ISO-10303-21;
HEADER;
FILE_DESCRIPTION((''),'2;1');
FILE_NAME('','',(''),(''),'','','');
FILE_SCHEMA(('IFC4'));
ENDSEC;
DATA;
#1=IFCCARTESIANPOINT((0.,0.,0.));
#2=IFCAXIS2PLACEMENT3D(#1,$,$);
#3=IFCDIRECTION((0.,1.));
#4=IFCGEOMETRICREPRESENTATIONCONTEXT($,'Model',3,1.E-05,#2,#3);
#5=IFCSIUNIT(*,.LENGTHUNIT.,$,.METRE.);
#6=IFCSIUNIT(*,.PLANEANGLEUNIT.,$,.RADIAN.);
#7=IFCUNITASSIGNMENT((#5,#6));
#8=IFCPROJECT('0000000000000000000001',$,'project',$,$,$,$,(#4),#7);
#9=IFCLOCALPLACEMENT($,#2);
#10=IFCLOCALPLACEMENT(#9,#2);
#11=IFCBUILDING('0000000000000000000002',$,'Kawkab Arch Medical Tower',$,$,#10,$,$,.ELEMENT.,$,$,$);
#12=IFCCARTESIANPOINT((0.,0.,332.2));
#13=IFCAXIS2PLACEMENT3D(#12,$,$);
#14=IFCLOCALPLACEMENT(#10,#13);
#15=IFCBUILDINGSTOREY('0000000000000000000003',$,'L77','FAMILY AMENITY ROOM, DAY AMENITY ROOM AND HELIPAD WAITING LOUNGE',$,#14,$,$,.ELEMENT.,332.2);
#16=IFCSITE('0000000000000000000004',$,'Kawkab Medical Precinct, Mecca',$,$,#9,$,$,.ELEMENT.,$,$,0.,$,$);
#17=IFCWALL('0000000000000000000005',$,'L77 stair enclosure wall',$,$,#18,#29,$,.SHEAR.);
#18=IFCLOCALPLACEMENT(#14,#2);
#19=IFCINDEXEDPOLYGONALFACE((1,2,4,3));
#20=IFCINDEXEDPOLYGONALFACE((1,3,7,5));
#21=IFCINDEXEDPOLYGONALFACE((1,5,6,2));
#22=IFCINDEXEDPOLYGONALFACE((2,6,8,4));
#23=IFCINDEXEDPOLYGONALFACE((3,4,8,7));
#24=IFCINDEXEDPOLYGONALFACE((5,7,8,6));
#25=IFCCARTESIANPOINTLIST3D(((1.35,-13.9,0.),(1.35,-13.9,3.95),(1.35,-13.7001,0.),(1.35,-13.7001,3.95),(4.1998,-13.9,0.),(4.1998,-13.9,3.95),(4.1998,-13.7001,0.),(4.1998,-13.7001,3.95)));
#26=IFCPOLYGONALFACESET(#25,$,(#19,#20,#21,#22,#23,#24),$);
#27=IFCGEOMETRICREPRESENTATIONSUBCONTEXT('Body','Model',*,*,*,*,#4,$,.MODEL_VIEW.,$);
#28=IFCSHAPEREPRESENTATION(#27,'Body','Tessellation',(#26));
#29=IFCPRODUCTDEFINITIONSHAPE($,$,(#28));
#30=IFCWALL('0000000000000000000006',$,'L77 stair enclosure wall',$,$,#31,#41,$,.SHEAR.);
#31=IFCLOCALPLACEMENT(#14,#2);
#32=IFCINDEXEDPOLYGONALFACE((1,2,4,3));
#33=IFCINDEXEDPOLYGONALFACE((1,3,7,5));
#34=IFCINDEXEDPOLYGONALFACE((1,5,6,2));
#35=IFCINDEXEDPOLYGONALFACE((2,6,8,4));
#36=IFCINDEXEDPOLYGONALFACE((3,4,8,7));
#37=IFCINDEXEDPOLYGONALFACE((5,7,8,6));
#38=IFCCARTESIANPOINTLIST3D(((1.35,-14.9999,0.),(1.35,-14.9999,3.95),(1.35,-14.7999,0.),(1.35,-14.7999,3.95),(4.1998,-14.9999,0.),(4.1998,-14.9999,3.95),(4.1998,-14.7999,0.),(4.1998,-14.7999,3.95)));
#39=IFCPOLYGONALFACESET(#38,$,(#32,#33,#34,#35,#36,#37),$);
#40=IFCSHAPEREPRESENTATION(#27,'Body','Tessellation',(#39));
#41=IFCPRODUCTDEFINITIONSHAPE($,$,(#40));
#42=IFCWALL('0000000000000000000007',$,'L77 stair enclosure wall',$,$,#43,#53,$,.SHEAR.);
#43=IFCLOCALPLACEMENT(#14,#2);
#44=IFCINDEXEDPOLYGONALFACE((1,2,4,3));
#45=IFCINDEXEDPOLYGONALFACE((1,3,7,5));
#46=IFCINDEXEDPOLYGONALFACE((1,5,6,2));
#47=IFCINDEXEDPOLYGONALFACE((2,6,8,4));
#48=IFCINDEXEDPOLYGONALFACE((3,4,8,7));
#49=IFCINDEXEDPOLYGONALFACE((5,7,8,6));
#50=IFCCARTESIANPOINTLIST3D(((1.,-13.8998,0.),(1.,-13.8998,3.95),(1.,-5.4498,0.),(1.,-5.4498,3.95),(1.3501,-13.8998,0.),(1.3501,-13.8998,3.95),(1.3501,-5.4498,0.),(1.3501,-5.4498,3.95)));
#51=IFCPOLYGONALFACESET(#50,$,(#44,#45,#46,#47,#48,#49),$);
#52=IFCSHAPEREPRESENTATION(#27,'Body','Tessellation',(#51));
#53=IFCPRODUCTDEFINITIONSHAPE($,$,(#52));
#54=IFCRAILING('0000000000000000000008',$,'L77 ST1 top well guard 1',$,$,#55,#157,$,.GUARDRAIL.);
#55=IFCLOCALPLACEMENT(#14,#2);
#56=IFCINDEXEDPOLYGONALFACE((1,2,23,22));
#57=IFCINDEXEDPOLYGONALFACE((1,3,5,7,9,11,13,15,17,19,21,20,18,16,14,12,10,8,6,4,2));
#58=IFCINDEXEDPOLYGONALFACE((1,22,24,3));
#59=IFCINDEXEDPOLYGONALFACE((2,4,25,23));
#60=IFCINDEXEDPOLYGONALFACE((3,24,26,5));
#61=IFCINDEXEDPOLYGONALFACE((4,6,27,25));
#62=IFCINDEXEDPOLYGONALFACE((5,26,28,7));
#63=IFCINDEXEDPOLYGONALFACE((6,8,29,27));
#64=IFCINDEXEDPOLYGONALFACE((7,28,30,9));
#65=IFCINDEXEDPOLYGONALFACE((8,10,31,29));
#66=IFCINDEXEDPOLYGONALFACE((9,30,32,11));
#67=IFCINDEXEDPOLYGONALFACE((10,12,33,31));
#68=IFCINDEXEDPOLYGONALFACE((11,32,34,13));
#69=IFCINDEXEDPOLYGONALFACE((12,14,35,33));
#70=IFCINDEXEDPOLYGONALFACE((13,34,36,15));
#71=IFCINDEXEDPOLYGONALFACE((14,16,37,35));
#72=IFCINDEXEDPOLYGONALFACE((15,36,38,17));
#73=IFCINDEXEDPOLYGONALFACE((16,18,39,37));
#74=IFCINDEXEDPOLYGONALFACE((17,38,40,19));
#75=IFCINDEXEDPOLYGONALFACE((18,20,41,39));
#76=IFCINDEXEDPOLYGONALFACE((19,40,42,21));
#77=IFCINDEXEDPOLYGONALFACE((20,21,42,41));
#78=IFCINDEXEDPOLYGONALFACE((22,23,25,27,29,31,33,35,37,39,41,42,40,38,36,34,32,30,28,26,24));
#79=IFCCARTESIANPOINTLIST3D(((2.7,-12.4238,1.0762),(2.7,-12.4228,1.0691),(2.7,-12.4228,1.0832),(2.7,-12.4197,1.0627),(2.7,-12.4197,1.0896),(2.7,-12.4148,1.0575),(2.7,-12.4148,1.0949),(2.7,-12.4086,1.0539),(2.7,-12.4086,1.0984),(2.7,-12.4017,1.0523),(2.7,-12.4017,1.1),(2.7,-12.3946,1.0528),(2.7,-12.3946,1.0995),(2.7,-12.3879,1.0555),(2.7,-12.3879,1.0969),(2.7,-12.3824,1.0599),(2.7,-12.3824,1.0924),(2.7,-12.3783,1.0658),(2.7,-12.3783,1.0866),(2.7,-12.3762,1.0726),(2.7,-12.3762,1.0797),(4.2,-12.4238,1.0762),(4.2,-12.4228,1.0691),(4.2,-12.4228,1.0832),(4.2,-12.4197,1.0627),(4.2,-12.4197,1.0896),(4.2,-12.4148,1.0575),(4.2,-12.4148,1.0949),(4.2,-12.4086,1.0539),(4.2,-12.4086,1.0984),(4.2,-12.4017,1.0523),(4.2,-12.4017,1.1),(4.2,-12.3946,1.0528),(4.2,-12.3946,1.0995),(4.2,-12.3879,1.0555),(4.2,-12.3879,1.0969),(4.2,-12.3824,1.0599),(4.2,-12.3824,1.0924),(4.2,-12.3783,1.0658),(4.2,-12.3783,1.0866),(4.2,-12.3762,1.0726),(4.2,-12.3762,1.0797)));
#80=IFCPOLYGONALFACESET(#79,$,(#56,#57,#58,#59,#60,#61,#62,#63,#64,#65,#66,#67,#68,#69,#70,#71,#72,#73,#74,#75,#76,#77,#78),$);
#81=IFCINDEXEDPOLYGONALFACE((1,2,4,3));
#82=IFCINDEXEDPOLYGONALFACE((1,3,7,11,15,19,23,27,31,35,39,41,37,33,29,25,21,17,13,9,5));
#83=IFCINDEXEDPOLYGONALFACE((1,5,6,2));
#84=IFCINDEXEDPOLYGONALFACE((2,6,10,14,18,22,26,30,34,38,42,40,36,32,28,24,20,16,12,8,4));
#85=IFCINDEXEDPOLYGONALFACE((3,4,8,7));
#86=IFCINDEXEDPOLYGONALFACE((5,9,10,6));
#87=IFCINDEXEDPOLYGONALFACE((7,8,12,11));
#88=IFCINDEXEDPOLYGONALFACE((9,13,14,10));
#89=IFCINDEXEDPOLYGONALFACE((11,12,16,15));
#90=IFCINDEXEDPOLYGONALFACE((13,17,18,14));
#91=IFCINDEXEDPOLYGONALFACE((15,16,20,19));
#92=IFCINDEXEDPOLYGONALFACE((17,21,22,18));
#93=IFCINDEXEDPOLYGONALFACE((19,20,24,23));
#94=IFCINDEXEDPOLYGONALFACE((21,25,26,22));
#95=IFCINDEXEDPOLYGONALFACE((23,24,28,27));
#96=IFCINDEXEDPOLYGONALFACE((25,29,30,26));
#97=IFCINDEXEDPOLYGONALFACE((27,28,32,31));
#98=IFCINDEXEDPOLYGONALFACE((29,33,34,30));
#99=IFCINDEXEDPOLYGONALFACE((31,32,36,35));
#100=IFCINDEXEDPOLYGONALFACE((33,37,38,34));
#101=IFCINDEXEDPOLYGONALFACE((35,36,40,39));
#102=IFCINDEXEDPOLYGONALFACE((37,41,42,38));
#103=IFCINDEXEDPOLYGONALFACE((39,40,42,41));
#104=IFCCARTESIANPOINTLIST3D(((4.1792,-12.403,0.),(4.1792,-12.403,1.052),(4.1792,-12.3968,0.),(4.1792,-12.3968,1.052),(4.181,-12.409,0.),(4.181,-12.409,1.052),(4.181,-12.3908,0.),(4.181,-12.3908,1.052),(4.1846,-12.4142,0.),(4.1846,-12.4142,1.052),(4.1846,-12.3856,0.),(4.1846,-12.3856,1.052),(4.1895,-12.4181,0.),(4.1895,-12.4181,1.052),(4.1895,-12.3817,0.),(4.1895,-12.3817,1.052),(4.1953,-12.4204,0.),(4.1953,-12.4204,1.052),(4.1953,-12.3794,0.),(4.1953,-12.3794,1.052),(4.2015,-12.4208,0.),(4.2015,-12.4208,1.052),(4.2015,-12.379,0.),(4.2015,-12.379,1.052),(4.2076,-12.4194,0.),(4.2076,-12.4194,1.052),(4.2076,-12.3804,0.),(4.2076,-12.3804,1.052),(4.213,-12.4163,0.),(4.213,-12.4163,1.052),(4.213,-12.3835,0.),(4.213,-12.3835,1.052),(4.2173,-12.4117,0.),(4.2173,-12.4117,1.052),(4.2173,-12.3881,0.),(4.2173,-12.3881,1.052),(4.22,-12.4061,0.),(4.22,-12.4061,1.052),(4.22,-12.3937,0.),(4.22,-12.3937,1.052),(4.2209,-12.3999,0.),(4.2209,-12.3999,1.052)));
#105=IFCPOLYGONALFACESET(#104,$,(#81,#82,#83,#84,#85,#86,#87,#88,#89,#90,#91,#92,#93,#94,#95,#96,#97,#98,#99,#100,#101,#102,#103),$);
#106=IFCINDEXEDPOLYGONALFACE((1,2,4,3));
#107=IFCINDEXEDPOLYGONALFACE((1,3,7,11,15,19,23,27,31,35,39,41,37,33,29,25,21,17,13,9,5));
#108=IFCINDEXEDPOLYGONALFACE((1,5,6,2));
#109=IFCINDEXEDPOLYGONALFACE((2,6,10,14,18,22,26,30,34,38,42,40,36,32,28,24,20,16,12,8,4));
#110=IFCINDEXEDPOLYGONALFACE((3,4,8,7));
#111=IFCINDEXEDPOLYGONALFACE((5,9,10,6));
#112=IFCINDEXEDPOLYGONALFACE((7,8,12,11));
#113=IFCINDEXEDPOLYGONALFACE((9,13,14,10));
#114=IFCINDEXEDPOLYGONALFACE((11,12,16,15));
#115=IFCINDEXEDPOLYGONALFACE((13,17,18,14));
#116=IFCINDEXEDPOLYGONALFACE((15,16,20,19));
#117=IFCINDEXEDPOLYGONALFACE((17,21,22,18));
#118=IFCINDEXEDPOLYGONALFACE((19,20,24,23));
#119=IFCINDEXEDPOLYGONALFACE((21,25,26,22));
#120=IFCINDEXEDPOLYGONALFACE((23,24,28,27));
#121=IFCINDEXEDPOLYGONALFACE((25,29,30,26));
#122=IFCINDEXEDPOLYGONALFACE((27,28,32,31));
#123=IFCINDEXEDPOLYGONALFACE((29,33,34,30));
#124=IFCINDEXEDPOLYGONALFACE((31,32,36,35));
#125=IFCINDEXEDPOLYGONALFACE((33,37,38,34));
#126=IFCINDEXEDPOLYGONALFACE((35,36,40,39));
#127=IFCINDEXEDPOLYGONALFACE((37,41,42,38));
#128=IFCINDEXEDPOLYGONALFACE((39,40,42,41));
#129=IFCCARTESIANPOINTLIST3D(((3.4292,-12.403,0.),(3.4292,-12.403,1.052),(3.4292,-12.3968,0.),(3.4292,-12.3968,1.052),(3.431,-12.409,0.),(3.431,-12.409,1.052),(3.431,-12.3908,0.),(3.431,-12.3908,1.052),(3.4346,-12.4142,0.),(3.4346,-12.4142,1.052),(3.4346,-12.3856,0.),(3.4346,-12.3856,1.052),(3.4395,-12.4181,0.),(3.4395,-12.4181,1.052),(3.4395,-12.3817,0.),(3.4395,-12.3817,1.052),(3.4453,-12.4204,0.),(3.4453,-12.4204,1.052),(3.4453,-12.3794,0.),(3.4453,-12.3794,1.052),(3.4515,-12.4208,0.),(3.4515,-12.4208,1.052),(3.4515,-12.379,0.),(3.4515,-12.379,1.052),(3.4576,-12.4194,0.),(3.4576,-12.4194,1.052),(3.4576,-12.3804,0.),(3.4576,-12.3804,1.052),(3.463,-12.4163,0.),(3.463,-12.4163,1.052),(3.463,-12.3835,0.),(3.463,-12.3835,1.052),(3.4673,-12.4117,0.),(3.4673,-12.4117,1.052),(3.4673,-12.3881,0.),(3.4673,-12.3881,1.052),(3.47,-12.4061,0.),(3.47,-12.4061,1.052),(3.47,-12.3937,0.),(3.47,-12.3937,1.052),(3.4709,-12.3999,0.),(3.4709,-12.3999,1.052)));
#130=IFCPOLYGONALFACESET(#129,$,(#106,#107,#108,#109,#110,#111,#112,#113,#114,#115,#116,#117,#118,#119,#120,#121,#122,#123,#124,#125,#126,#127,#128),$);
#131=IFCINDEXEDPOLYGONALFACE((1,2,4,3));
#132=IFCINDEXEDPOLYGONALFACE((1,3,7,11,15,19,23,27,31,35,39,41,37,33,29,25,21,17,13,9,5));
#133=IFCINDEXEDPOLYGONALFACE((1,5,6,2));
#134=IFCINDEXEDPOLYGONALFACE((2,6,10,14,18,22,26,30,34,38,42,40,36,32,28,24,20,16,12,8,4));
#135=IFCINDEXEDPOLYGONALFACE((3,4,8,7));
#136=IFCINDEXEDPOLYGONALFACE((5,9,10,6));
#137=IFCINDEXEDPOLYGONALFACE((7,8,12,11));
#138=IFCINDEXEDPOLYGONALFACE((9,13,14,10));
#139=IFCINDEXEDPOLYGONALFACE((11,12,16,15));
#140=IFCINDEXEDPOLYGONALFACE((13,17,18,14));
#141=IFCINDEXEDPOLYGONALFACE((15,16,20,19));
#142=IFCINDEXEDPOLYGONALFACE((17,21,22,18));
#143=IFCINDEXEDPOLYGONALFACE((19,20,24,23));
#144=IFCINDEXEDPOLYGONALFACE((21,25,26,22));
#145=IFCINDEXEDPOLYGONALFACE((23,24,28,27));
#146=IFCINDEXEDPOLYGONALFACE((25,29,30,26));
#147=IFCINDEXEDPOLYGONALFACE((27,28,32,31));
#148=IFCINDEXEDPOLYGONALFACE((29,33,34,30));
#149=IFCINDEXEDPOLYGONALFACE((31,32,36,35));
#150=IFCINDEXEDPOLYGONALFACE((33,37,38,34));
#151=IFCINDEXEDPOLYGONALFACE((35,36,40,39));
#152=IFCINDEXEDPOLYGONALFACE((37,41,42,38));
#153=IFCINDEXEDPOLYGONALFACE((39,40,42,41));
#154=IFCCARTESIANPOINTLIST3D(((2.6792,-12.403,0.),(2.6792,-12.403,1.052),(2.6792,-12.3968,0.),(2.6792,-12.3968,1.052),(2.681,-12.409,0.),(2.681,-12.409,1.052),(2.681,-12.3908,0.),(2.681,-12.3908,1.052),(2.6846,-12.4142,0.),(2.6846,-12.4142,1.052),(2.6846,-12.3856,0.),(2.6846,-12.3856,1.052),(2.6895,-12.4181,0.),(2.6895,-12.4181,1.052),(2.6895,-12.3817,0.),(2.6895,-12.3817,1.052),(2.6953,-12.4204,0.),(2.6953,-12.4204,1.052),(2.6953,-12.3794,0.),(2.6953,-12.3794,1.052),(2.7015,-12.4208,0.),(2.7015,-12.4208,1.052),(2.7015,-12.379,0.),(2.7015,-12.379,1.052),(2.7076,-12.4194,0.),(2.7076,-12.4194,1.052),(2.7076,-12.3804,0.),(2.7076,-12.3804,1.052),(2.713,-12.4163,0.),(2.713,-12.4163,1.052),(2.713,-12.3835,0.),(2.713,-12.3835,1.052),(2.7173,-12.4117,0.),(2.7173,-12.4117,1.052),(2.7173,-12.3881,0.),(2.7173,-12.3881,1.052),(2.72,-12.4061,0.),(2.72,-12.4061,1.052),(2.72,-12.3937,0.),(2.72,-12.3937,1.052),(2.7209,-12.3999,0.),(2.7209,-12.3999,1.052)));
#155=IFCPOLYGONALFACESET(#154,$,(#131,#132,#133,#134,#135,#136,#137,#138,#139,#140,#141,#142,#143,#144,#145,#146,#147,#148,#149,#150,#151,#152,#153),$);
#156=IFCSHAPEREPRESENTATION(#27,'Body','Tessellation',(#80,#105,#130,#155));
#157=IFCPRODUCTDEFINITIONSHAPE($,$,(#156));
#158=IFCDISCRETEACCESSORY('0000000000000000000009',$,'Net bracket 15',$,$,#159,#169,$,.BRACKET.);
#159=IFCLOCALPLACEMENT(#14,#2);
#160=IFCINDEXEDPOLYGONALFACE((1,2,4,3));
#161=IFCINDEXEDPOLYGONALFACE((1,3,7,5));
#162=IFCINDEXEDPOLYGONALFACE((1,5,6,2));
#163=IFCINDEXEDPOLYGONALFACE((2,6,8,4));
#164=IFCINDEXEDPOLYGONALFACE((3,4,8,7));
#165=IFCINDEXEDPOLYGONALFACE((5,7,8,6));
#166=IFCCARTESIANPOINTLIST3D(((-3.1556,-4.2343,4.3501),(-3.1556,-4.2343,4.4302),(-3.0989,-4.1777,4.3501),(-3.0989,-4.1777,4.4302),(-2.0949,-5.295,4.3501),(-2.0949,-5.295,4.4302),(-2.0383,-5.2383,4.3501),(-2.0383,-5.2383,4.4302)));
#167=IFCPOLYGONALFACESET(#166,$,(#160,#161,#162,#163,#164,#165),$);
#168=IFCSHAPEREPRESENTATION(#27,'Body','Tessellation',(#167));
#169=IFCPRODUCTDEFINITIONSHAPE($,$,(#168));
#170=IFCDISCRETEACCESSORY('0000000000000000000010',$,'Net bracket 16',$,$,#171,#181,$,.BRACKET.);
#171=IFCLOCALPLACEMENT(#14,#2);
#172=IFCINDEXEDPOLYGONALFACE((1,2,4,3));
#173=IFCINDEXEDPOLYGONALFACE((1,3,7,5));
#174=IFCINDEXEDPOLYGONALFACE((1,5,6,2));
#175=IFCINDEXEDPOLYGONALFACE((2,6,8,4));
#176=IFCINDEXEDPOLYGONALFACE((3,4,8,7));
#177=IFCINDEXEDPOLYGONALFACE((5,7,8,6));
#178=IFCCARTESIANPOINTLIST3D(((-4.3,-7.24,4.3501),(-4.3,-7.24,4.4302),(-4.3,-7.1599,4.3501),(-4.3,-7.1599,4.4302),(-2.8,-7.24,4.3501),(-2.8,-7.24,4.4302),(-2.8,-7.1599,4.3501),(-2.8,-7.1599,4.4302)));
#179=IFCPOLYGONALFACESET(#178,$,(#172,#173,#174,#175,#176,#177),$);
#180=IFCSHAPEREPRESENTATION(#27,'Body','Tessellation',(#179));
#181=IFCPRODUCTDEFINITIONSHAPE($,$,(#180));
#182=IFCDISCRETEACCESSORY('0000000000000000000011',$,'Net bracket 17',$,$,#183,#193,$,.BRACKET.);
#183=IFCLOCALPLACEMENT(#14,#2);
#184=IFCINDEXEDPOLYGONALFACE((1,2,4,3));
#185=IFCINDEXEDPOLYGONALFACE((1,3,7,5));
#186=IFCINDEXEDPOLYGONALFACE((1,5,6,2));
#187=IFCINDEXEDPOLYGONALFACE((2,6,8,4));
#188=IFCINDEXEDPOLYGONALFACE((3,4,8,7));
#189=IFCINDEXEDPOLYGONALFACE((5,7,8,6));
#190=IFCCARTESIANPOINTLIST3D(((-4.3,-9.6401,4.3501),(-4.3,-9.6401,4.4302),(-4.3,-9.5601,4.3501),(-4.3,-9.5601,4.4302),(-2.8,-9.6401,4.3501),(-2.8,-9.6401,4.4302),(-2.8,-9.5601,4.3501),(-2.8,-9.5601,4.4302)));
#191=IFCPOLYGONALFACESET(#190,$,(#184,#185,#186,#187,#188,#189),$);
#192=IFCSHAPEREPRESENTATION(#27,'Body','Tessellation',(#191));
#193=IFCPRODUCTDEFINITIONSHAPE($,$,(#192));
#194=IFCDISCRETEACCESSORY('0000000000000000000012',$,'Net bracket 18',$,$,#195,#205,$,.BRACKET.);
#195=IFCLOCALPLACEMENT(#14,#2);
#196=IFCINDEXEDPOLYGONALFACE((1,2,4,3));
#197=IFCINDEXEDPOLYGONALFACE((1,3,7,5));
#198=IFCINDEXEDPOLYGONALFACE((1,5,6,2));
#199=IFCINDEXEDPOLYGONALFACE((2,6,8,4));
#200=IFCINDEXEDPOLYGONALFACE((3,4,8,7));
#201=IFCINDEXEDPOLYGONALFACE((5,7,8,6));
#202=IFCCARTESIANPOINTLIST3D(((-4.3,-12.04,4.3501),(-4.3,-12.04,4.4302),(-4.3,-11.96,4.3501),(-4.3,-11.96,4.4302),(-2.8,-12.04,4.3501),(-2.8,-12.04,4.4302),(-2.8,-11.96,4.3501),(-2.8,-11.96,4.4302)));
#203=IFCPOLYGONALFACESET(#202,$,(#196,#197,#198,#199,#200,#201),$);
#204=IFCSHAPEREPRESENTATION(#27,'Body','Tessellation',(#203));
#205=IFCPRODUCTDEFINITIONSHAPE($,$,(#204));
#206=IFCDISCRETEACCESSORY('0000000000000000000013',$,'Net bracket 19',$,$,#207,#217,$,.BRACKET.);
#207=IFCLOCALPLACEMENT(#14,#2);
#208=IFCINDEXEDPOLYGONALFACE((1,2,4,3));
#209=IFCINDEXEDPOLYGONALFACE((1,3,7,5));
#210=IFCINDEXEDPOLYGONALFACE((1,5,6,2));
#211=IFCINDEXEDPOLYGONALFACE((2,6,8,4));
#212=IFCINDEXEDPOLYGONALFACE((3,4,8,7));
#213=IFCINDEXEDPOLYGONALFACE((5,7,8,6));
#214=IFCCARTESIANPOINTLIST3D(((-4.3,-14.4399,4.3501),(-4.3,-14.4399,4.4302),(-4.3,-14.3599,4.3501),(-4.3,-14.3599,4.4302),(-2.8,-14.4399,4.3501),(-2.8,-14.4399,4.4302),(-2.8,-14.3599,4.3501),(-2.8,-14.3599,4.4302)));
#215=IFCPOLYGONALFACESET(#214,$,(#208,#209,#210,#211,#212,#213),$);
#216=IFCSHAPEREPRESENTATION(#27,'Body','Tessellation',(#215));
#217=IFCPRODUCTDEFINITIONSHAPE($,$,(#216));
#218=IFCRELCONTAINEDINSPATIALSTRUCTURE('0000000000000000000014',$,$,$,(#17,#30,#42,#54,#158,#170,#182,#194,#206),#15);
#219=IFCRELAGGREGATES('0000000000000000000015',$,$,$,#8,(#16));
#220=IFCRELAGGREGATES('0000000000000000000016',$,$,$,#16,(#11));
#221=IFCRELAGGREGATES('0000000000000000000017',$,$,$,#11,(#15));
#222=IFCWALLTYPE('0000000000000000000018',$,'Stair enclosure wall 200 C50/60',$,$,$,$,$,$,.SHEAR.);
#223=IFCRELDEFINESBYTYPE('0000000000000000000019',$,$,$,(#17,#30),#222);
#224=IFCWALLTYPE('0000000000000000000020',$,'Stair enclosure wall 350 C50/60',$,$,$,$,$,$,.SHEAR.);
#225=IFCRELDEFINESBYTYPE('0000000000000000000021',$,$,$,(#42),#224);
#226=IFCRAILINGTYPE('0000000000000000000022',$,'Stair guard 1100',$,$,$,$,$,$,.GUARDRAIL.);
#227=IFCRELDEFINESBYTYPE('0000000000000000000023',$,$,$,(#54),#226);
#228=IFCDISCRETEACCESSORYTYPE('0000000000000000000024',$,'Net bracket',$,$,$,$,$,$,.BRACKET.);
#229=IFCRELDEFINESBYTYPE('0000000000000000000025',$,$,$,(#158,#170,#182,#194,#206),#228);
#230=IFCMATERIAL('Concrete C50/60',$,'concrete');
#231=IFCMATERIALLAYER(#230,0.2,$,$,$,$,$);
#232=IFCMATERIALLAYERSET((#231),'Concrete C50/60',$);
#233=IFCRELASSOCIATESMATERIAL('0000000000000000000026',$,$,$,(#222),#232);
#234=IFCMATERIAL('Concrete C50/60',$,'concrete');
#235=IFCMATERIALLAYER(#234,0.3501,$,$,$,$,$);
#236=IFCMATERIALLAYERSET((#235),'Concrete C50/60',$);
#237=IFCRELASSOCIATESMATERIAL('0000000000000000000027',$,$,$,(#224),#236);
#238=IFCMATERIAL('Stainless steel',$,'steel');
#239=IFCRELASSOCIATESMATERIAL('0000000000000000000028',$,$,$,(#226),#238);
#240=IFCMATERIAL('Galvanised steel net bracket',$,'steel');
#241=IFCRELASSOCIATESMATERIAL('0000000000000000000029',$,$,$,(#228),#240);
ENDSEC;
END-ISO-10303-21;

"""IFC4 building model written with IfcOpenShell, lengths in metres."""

from ifc_helpers import new_model, si_unit, direction, frame, frame_2d, origin, origin_2d, place, context, subcontext, project, spatial, rectangle, circle, extrude, material, layer, layer_set, type_object, element, save


model = new_model("IFC4")

# Units and contexts
model_context = context("Model", 3, precision=1e-05, world=origin(), true_north=direction((0.0, 1.0)))
body_context = subcontext(model_context, "Body", "Model", "MODEL_VIEW")
ifc_project = project(units=[si_unit("LENGTHUNIT", "METRE"), si_unit("PLANEANGLEUNIT", "RADIAN")], contexts=[model_context])

# Site, building, storey
site_placement = place(None, origin())
site = spatial("IfcSite", under=ifc_project, at=site_placement, Name="Kawkab Medical Precinct, Mecca", CompositionType="ELEMENT", RefElevation=0.0)
building_placement = place(site_placement, origin())
building = spatial("IfcBuilding", under=site, at=building_placement, Name="Kawkab Arch Medical Tower", CompositionType="ELEMENT")
storey_placement = place(building_placement, frame((0.0, 0.0, 332.2)))
storey = spatial("IfcBuildingStorey", under=building, at=storey_placement, Name="L77", Description="FAMILY AMENITY ROOM, DAY AMENITY ROOM AND HELIPAD WAITING LOUNGE", CompositionType="ELEMENT", Elevation=332.2)

# Walls
ifc_material_1 = material(Name="Concrete C50/60", Category="concrete")
ifc_layer_1 = layer(ifc_material_1, 0.2)
ifc_layer_set_1 = layer_set([ifc_layer_1], Name="Concrete C50/60")
wall_type_1 = type_object("IfcWallType", Name="Stair enclosure wall 200 C50/60", PredefinedType="SHEAR", material=ifc_layer_set_1)
for number, where, z_axis, x_axis, name in (
    (1, (1.3501, -13.8, 0.0), (0.0, 0.0, 1.0), (1.0, 0.0, 0.0), "L77 stair enclosure wall"),
    (2, (1.3501, -14.8999, 0.0), (0.0, 0.0, 1.0), (1.0, 0.0, 0.0), "L77 stair enclosure wall"),
):
    element("IfcWall", number, at=place(storey_placement, frame(where, z_axis=z_axis, x_axis=x_axis)), inside=storey, type_object=wall_type_1, Name=name, PredefinedType="SHEAR", context=body_context, shape_type="SweptSolid", body=[
        extrude(rectangle(XDim=2.8499, YDim=0.2, at=frame_2d((1.4248, 0.0))), origin(), (0.0, 0.0, 1.0), 3.95),
    ])
ifc_material_2 = material(Name="Concrete C50/60", Category="concrete")
ifc_layer_2 = layer(ifc_material_2, 0.3501)
ifc_layer_set_2 = layer_set([ifc_layer_2], Name="Concrete C50/60")
wall_type_2 = type_object("IfcWallType", Name="Stair enclosure wall 350 C50/60", PredefinedType="SHEAR", material=ifc_layer_set_2)
wall_1_placement = place(storey_placement, frame((1.175, -13.8999, 0.0), z_axis=(0.0, 0.0, 1.0), x_axis=(0.0, 1.0, 0.0)))
element("IfcWall", 3, at=wall_1_placement, inside=storey, type_object=wall_type_2, Name="L77 stair enclosure wall", PredefinedType="SHEAR", context=body_context, shape_type="SweptSolid", body=[
    extrude(rectangle(XDim=8.45, YDim=0.3501, at=frame_2d((4.2251, 0.0))), origin(), (0.0, 0.0, 1.0), 3.95),
])

# Railing
ifc_material_3 = material(Name="Stainless steel", Category="steel")
railing_type = type_object("IfcRailingType", Name="Stair guard 1100", PredefinedType="GUARDRAIL", material=ifc_material_3)
railing_placement = place(storey_placement, frame((4.2, -12.3999, 0.0)))
element("IfcRailing", 4, at=railing_placement, inside=storey, type_object=railing_type, Name="L77 ST1 top well guard 1", PredefinedType="GUARDRAIL", context=body_context, shape_type="SweptSolid", body=[
    extrude(circle(Radius=0.0239, at=origin_2d()), frame((0.0, 0.0, 1.0762), z_axis=(-1.0, 0.0, 0.0), x_axis=(0.0, -1.0, 0.0)), (0.0, 0.0, 1.0), 1.5),
    extrude(circle(Radius=0.021, at=origin_2d()), origin(), (0.0, 0.0, 1.0), 1.052),
    extrude(circle(Radius=0.021, at=origin_2d()), frame((-0.75, 0.0, 0.0)), (0.0, 0.0, 1.0), 1.052),
    extrude(circle(Radius=0.021, at=origin_2d()), frame((-1.5, 0.0, 0.0)), (0.0, 0.0, 1.0), 1.052),
])

# Discrete accessories
ifc_material_4 = material(Name="Galvanised steel net bracket", Category="steel")
discrete_accessory_type = type_object("IfcDiscreteAccessoryType", Name="Net bracket", PredefinedType="BRACKET", material=ifc_material_4)
for number, where, z_axis, x_axis, name in (
    (5, (-2.5969, -4.7363, 4.3501), (0.0, 0.0, 1.0), (-0.707107, 0.707107, 0.0), "Net bracket 15"),
    (6, (-3.55, -7.2, 4.3501), (0.0, 0.0, 1.0), (-1.0, 0.0, 0.0), "Net bracket 16"),
    (7, (-3.55, -9.6001, 4.3501), (0.0, 0.0, 1.0), (-1.0, 0.0, 0.0), "Net bracket 17"),
    (8, (-3.55, -12.0, 4.3501), (0.0, 0.0, 1.0), (-1.0, 0.0, 0.0), "Net bracket 18"),
    (9, (-3.55, -14.3999, 4.3501), (0.0, 0.0, 1.0), (-1.0, 0.0, 0.0), "Net bracket 19"),
):
    element("IfcDiscreteAccessory", number, at=place(storey_placement, frame(where, z_axis=z_axis, x_axis=x_axis)), inside=storey, type_object=discrete_accessory_type, Name=name, PredefinedType="BRACKET", context=body_context, shape_type="SweptSolid", body=[
        extrude(rectangle(XDim=1.5, YDim=0.0801, at=origin_2d()), origin(), (0.0, 0.0, 1.0), 0.0801),
    ])

save(model, "model.ifc")
